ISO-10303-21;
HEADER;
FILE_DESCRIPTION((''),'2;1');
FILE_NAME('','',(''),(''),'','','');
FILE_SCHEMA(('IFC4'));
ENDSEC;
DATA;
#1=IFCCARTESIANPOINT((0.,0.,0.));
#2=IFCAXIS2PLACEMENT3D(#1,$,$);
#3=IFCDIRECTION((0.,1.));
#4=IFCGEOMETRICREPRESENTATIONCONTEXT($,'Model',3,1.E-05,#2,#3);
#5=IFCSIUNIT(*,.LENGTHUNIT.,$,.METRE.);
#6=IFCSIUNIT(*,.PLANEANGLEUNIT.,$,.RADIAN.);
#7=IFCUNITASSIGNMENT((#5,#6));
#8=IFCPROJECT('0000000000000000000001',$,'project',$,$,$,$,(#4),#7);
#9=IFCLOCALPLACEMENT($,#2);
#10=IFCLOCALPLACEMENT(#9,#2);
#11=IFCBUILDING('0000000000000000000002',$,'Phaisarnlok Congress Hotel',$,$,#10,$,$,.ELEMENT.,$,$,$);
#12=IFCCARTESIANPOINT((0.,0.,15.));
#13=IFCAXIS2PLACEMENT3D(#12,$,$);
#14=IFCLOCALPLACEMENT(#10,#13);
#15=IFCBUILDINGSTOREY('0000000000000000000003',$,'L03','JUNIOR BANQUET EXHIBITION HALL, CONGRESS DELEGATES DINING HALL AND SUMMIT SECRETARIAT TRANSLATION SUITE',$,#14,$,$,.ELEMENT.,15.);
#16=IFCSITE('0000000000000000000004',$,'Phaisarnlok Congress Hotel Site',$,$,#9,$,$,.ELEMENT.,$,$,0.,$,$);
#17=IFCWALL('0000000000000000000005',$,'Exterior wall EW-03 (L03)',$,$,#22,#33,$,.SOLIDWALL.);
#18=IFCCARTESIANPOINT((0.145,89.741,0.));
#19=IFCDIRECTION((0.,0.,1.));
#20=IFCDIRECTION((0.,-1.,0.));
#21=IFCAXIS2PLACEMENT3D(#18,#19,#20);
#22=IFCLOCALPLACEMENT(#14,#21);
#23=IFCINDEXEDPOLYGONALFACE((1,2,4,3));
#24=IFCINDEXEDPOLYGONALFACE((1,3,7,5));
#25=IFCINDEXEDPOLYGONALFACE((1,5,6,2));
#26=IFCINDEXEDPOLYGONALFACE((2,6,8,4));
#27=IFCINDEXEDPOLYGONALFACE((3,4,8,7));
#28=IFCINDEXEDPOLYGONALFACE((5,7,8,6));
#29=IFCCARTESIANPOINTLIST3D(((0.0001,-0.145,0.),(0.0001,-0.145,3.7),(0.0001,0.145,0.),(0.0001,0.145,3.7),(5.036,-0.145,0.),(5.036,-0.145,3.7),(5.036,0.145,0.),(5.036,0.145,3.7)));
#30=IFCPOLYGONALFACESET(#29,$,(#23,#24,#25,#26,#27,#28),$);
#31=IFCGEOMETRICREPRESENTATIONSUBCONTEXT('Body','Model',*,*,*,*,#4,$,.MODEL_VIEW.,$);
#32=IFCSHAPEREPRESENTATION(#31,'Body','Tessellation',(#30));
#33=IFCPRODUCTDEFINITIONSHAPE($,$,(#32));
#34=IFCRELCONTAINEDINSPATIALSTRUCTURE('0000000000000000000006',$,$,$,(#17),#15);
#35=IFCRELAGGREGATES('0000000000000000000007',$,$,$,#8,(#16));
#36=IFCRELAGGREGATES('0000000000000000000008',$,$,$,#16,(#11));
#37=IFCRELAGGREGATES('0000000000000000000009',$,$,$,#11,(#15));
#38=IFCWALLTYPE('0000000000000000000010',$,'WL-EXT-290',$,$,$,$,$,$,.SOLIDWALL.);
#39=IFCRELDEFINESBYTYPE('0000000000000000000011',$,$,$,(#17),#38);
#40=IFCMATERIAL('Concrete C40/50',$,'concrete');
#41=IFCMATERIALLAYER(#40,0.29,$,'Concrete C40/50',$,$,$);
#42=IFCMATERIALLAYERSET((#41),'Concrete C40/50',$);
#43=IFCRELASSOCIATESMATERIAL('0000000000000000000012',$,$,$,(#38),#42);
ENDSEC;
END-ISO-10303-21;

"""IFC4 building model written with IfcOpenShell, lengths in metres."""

from ifc_helpers import new_model, si_unit, direction, frame, frame_2d, origin, place, context, subcontext, project, spatial, rectangle, extrude, material, layer, layer_set, type_object, element, save


model = new_model("IFC4")

# Units and contexts
model_context = context("Model", 3, precision=1e-05, world=origin(), true_north=direction((0.0, 1.0)))
body_context = subcontext(model_context, "Body", "Model", "MODEL_VIEW")
ifc_project = project(units=[si_unit("LENGTHUNIT", "METRE"), si_unit("PLANEANGLEUNIT", "RADIAN")], contexts=[model_context])

# Site, building, storey
site_placement = place(None, origin())
site = spatial("IfcSite", under=ifc_project, at=site_placement, Name="Phaisarnlok Congress Hotel Site", CompositionType="ELEMENT", RefElevation=0.0)
building_placement = place(site_placement, origin())
building = spatial("IfcBuilding", under=site, at=building_placement, Name="Phaisarnlok Congress Hotel", CompositionType="ELEMENT")
storey_placement = place(building_placement, frame((0.0, 0.0, 15.0)))
storey = spatial("IfcBuildingStorey", under=building, at=storey_placement, Name="L03", Description="JUNIOR BANQUET EXHIBITION HALL, CONGRESS DELEGATES DINING HALL AND SUMMIT SECRETARIAT TRANSLATION SUITE", CompositionType="ELEMENT", Elevation=15.0)

# Shared definitions
ifc_material_1 = material(Name="Concrete C40/50", Category="concrete")

# Wall
ifc_layer_1 = layer(ifc_material_1, 0.29, Name="Concrete C40/50")
ifc_layer_set_1 = layer_set([ifc_layer_1], Name="Concrete C40/50")
wall_type_1 = type_object("IfcWallType", Name="WL-EXT-290", PredefinedType="SOLIDWALL", material=ifc_layer_set_1)
wall_1_placement = place(storey_placement, frame((0.145, 89.741, 0.0), z_axis=(0.0, 0.0, 1.0), x_axis=(0.0, -1.0, 0.0)))
element("IfcWall", 1, at=wall_1_placement, inside=storey, type_object=wall_type_1, Name="Exterior wall EW-03 (L03)", PredefinedType="SOLIDWALL", context=body_context, shape_type="SweptSolid", body=[
    extrude(rectangle(XDim=5.0359, YDim=0.29, at=frame_2d((2.5181, 0.0))), origin(), (0.0, 0.0, 1.0), 3.7),
])

save(model, "model.ifc")
